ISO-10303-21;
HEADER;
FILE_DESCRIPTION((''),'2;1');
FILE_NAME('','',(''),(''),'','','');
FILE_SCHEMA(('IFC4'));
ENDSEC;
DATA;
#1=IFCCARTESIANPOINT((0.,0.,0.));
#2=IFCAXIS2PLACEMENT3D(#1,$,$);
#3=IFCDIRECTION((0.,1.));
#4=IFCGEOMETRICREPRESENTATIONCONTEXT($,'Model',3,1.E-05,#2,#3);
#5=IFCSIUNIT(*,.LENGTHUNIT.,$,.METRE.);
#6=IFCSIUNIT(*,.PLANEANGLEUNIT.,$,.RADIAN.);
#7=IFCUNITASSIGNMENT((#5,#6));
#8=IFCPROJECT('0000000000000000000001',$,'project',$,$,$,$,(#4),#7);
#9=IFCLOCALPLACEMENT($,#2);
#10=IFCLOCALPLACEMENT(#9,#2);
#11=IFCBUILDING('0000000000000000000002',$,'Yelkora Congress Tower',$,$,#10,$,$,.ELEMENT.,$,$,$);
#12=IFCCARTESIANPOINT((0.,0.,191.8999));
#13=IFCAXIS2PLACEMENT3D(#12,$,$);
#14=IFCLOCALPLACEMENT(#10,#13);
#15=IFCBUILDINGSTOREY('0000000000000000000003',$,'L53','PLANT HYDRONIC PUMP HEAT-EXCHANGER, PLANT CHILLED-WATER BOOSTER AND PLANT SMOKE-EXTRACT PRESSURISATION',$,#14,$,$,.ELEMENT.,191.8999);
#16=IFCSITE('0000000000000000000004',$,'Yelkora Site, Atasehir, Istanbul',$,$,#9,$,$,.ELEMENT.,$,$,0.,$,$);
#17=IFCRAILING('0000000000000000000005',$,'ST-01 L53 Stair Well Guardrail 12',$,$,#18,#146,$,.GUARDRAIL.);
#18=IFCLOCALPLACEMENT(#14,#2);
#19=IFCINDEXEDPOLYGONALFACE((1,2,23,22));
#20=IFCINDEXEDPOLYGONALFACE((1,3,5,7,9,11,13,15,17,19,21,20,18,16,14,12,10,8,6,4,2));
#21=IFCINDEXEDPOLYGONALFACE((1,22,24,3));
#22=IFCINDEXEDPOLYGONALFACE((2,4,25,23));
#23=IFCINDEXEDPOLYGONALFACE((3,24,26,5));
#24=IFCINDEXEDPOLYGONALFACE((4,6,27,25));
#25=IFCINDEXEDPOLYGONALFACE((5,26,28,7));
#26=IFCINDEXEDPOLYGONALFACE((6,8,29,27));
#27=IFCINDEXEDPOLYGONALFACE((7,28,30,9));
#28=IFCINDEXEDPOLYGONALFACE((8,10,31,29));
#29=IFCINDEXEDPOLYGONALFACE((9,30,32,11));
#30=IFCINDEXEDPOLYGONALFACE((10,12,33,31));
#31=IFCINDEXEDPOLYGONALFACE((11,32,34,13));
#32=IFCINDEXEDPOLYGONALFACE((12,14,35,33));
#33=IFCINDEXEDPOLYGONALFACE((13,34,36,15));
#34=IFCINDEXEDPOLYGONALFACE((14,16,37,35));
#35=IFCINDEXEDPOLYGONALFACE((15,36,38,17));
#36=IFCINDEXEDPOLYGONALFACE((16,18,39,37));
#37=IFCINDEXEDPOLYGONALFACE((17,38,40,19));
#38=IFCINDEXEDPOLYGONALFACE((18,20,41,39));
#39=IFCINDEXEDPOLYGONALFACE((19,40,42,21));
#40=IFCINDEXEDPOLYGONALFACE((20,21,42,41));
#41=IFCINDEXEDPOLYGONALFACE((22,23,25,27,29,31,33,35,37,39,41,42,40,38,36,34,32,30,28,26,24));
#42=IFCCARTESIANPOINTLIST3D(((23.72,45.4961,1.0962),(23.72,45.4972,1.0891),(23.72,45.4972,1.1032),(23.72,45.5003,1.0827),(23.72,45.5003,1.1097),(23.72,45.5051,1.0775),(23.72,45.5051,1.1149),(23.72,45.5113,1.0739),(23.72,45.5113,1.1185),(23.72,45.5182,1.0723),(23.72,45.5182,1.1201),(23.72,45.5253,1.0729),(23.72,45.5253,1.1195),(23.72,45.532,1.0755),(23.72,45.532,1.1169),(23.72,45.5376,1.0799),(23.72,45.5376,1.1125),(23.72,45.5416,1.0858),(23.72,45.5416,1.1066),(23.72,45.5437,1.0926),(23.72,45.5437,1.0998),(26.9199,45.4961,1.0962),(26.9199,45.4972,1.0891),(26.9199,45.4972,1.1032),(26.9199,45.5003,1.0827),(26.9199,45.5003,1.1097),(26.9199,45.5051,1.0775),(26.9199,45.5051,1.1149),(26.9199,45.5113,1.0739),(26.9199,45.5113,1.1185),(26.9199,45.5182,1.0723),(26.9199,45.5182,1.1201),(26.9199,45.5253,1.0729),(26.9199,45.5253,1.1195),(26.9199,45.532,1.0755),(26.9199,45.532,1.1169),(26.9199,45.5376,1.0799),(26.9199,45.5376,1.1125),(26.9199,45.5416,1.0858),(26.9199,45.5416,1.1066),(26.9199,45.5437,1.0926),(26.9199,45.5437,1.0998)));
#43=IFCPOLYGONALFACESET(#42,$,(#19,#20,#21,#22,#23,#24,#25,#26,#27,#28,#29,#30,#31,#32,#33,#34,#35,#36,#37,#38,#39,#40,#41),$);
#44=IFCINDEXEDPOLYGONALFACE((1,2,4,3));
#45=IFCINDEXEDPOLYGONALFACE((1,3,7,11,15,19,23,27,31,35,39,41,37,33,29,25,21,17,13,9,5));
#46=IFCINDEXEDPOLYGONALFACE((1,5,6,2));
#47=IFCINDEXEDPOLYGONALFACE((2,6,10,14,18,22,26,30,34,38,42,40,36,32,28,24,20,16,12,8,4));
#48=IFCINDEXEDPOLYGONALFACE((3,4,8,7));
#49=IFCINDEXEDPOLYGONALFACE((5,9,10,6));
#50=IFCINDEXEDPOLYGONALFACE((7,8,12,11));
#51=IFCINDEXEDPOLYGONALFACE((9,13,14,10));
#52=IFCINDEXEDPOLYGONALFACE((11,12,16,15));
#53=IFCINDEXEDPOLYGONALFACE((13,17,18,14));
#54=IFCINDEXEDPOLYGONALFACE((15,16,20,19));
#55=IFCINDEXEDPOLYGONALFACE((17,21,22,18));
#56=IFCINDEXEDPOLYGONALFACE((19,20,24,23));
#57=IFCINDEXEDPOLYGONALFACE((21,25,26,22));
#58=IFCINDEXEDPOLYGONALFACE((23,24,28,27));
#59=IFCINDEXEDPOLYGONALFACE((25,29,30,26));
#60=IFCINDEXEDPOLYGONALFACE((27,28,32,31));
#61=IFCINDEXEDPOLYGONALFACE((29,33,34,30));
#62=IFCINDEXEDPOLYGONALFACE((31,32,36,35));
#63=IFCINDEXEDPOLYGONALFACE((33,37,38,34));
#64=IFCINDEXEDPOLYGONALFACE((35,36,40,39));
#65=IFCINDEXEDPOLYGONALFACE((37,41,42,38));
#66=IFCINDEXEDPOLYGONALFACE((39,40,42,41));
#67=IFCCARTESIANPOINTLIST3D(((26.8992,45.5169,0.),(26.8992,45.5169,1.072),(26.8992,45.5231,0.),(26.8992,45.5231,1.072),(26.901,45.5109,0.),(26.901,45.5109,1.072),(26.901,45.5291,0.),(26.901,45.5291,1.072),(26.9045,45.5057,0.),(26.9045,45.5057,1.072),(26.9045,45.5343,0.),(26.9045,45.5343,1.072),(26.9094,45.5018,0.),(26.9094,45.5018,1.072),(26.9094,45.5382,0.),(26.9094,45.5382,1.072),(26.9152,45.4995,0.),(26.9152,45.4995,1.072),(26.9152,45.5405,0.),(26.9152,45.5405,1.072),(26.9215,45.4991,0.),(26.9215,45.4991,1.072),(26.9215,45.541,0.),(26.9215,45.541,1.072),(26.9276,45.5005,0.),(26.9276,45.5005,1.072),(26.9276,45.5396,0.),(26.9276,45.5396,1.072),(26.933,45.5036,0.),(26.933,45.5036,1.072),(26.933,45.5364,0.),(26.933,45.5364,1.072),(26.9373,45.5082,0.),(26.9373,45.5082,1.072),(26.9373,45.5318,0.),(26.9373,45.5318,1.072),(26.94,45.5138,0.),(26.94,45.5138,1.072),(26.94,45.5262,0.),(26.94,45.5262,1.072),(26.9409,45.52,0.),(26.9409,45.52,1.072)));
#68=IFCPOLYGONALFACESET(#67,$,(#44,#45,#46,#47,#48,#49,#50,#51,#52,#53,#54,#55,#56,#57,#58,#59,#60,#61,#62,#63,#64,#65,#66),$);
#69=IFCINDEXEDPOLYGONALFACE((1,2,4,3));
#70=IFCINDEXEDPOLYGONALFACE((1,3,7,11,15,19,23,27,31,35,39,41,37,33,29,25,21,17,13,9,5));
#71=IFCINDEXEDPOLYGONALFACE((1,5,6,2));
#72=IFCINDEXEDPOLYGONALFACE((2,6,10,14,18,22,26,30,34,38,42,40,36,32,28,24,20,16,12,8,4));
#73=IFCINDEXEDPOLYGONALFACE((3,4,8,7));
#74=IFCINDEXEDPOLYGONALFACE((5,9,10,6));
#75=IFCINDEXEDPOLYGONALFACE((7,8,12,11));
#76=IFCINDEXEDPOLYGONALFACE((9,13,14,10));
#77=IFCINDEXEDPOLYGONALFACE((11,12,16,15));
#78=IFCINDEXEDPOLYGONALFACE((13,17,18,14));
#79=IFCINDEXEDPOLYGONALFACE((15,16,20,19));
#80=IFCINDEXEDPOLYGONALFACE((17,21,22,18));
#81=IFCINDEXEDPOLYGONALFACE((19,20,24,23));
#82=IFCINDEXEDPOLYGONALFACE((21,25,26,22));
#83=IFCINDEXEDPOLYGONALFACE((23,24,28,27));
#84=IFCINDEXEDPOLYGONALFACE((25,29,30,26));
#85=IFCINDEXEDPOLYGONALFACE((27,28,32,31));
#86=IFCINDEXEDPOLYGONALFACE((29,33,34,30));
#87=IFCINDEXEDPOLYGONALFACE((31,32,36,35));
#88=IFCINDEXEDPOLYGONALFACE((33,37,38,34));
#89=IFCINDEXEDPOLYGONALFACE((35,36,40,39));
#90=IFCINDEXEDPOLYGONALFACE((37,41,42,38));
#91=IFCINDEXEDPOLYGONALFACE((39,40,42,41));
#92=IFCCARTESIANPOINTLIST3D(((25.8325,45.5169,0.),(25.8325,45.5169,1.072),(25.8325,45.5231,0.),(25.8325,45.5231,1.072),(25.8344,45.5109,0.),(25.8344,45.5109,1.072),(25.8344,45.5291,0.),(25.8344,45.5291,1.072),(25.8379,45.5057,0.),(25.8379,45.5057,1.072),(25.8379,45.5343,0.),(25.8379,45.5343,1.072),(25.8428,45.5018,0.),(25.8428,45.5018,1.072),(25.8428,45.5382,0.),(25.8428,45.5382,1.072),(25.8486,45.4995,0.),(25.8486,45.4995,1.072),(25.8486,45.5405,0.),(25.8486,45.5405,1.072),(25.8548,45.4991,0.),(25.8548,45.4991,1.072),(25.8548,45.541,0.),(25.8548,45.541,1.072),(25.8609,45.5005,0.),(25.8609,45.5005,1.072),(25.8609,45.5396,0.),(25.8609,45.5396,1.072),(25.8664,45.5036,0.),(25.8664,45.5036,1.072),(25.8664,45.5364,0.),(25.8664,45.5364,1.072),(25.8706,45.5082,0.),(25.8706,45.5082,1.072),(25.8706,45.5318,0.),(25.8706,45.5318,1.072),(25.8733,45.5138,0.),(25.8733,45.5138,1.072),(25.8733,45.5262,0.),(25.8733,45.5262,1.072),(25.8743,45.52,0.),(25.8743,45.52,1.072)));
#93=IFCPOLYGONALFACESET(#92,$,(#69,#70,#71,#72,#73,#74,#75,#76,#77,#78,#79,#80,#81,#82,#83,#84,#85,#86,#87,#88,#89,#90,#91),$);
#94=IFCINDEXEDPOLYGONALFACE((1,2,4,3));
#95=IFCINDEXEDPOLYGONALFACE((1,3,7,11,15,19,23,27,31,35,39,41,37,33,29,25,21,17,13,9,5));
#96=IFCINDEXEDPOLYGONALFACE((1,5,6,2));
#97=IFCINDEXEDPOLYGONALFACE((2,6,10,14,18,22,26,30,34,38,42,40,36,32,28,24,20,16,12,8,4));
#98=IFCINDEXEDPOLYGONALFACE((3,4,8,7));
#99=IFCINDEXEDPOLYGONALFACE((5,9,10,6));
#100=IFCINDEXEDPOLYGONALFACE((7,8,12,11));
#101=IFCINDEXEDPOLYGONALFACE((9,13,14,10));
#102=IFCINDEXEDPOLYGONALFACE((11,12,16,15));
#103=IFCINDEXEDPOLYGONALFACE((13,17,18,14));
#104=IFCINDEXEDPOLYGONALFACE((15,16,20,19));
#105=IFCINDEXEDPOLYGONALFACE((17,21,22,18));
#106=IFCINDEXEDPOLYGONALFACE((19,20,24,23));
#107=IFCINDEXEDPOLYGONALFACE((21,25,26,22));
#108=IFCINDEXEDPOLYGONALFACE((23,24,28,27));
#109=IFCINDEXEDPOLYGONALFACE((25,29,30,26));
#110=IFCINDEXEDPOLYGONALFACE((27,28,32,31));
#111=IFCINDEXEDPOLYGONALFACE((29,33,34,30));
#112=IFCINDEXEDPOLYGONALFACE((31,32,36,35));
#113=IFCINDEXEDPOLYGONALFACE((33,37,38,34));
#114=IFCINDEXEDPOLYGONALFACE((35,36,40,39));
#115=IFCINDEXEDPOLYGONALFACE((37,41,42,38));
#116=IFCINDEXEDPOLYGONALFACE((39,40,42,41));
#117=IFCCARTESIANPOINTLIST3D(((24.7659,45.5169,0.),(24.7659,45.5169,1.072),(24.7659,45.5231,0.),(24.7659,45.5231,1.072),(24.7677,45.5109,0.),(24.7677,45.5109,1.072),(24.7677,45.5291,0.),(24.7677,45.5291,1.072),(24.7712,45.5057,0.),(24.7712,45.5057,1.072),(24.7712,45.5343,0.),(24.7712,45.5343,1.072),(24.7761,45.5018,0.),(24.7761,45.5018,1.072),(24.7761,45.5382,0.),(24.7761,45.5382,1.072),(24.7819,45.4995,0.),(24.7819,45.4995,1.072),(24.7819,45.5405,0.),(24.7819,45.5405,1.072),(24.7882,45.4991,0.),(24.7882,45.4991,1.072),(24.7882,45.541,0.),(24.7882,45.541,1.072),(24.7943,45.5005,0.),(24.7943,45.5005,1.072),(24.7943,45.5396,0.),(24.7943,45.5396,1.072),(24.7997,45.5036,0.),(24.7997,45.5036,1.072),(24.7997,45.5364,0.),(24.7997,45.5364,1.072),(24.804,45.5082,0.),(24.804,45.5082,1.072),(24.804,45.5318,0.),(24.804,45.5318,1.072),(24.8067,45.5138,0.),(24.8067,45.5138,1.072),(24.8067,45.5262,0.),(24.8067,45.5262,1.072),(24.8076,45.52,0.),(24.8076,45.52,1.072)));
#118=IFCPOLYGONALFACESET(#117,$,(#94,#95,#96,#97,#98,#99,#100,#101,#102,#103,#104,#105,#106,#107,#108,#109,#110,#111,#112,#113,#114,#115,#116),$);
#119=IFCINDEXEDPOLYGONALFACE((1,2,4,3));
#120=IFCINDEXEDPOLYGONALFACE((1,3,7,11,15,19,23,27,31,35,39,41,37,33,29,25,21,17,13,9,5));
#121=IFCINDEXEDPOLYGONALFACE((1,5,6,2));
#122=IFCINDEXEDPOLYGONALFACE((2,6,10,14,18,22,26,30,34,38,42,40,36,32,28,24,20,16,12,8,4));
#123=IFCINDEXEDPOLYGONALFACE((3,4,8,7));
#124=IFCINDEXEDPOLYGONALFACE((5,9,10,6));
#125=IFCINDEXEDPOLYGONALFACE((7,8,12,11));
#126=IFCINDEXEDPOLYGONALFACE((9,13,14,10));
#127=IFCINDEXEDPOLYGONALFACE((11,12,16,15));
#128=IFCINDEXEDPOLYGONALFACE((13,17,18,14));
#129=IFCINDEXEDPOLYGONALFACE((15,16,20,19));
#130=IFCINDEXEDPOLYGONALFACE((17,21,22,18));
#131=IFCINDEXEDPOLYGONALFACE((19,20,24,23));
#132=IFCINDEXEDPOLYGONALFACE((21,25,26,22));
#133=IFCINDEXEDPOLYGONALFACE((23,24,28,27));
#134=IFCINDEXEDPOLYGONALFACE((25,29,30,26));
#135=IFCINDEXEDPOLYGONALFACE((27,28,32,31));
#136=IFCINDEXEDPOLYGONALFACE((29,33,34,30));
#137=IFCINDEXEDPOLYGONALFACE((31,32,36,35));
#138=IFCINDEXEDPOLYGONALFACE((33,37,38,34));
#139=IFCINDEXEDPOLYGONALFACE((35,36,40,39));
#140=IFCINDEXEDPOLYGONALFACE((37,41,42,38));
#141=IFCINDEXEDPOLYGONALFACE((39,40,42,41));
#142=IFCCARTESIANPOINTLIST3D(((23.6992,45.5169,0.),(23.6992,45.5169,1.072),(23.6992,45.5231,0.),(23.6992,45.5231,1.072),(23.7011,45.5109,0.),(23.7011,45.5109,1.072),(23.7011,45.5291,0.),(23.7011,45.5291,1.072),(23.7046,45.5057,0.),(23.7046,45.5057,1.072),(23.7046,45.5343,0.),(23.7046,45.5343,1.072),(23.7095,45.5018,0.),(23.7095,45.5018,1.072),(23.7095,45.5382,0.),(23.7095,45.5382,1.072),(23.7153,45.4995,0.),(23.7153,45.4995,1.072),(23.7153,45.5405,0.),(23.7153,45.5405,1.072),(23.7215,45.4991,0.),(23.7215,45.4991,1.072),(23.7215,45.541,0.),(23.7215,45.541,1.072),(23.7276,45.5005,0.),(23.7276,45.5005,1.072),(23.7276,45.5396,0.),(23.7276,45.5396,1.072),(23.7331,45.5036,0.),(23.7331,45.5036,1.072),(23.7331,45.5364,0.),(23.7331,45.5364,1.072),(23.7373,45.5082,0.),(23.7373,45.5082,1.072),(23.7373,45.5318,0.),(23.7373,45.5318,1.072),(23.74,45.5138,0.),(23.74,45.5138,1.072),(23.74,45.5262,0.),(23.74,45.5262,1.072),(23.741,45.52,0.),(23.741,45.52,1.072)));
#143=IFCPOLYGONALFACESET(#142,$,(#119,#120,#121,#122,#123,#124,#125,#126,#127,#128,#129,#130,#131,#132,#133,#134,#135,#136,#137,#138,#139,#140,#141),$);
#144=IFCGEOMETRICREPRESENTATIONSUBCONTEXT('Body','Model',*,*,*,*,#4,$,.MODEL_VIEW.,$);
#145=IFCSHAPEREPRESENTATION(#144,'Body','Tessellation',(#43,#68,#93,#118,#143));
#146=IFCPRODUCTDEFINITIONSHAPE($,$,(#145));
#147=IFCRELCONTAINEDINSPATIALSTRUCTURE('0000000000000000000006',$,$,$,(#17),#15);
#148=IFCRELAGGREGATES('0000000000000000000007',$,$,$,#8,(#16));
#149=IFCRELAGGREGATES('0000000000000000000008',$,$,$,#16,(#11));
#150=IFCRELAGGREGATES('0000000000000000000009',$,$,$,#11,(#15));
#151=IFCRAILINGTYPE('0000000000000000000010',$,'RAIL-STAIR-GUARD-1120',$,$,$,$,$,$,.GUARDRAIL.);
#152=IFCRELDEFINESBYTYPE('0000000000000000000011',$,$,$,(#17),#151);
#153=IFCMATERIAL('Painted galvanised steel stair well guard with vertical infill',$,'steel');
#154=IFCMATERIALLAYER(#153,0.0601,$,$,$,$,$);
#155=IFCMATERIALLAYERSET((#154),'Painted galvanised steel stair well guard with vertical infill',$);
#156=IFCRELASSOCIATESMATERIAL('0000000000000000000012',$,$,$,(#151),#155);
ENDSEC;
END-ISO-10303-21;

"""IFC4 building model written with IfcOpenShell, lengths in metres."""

from ifc_helpers import new_model, si_unit, direction, frame, origin, origin_2d, place, context, subcontext, project, spatial, circle, extrude, material, layer, layer_set, type_object, element, save


model = new_model("IFC4")

# Units and contexts
model_context = context("Model", 3, precision=1e-05, world=origin(), true_north=direction((0.0, 1.0)))
body_context = subcontext(model_context, "Body", "Model", "MODEL_VIEW")
ifc_project = project(units=[si_unit("LENGTHUNIT", "METRE"), si_unit("PLANEANGLEUNIT", "RADIAN")], contexts=[model_context])

# Site, building, storey
site_placement = place(None, origin())
site = spatial("IfcSite", under=ifc_project, at=site_placement, Name="Yelkora Site, Atasehir, Istanbul", CompositionType="ELEMENT", RefElevation=0.0)
building_placement = place(site_placement, origin())
building = spatial("IfcBuilding", under=site, at=building_placement, Name="Yelkora Congress Tower", CompositionType="ELEMENT")
storey_placement = place(building_placement, frame((0.0, 0.0, 191.8999)))
storey = spatial("IfcBuildingStorey", under=building, at=storey_placement, Name="L53", Description="PLANT HYDRONIC PUMP HEAT-EXCHANGER, PLANT CHILLED-WATER BOOSTER AND PLANT SMOKE-EXTRACT PRESSURISATION", CompositionType="ELEMENT", Elevation=191.8999)

# Railing
ifc_material_1 = material(Name="Painted galvanised steel stair well guard with vertical infill", Category="steel")
ifc_layer_1 = layer(ifc_material_1, 0.0601)
ifc_layer_set_1 = layer_set([ifc_layer_1], Name="Painted galvanised steel stair well guard with vertical infill")
railing_type_1 = type_object("IfcRailingType", Name="RAIL-STAIR-GUARD-1120", PredefinedType="GUARDRAIL", material=ifc_layer_set_1)
railing_1_placement = place(storey_placement, frame((26.9199, 45.52, 0.0)))
element("IfcRailing", 1, at=railing_1_placement, inside=storey, type_object=railing_type_1, Name="ST-01 L53 Stair Well Guardrail 12", PredefinedType="GUARDRAIL", context=body_context, shape_type="SweptSolid", body=[
    extrude(circle(Radius=0.0239, at=origin_2d()), frame((0.0, 0.0, 1.0962), z_axis=(-1.0, 0.0, 0.0), x_axis=(0.0, -1.0, 0.0)), (0.0, 0.0, 1.0), 3.2),
    extrude(circle(Radius=0.021, at=origin_2d()), origin(), (0.0, 0.0, 1.0), 1.072),
    extrude(circle(Radius=0.021, at=origin_2d()), frame((-1.0667, 0.0, 0.0)), (0.0, 0.0, 1.0), 1.072),
    extrude(circle(Radius=0.021, at=origin_2d()), frame((-2.1333, 0.0, 0.0)), (0.0, 0.0, 1.0), 1.072),
    extrude(circle(Radius=0.021, at=origin_2d()), frame((-3.2, 0.0, 0.0)), (0.0, 0.0, 1.0), 1.072),
])

save(model, "model.ifc")
